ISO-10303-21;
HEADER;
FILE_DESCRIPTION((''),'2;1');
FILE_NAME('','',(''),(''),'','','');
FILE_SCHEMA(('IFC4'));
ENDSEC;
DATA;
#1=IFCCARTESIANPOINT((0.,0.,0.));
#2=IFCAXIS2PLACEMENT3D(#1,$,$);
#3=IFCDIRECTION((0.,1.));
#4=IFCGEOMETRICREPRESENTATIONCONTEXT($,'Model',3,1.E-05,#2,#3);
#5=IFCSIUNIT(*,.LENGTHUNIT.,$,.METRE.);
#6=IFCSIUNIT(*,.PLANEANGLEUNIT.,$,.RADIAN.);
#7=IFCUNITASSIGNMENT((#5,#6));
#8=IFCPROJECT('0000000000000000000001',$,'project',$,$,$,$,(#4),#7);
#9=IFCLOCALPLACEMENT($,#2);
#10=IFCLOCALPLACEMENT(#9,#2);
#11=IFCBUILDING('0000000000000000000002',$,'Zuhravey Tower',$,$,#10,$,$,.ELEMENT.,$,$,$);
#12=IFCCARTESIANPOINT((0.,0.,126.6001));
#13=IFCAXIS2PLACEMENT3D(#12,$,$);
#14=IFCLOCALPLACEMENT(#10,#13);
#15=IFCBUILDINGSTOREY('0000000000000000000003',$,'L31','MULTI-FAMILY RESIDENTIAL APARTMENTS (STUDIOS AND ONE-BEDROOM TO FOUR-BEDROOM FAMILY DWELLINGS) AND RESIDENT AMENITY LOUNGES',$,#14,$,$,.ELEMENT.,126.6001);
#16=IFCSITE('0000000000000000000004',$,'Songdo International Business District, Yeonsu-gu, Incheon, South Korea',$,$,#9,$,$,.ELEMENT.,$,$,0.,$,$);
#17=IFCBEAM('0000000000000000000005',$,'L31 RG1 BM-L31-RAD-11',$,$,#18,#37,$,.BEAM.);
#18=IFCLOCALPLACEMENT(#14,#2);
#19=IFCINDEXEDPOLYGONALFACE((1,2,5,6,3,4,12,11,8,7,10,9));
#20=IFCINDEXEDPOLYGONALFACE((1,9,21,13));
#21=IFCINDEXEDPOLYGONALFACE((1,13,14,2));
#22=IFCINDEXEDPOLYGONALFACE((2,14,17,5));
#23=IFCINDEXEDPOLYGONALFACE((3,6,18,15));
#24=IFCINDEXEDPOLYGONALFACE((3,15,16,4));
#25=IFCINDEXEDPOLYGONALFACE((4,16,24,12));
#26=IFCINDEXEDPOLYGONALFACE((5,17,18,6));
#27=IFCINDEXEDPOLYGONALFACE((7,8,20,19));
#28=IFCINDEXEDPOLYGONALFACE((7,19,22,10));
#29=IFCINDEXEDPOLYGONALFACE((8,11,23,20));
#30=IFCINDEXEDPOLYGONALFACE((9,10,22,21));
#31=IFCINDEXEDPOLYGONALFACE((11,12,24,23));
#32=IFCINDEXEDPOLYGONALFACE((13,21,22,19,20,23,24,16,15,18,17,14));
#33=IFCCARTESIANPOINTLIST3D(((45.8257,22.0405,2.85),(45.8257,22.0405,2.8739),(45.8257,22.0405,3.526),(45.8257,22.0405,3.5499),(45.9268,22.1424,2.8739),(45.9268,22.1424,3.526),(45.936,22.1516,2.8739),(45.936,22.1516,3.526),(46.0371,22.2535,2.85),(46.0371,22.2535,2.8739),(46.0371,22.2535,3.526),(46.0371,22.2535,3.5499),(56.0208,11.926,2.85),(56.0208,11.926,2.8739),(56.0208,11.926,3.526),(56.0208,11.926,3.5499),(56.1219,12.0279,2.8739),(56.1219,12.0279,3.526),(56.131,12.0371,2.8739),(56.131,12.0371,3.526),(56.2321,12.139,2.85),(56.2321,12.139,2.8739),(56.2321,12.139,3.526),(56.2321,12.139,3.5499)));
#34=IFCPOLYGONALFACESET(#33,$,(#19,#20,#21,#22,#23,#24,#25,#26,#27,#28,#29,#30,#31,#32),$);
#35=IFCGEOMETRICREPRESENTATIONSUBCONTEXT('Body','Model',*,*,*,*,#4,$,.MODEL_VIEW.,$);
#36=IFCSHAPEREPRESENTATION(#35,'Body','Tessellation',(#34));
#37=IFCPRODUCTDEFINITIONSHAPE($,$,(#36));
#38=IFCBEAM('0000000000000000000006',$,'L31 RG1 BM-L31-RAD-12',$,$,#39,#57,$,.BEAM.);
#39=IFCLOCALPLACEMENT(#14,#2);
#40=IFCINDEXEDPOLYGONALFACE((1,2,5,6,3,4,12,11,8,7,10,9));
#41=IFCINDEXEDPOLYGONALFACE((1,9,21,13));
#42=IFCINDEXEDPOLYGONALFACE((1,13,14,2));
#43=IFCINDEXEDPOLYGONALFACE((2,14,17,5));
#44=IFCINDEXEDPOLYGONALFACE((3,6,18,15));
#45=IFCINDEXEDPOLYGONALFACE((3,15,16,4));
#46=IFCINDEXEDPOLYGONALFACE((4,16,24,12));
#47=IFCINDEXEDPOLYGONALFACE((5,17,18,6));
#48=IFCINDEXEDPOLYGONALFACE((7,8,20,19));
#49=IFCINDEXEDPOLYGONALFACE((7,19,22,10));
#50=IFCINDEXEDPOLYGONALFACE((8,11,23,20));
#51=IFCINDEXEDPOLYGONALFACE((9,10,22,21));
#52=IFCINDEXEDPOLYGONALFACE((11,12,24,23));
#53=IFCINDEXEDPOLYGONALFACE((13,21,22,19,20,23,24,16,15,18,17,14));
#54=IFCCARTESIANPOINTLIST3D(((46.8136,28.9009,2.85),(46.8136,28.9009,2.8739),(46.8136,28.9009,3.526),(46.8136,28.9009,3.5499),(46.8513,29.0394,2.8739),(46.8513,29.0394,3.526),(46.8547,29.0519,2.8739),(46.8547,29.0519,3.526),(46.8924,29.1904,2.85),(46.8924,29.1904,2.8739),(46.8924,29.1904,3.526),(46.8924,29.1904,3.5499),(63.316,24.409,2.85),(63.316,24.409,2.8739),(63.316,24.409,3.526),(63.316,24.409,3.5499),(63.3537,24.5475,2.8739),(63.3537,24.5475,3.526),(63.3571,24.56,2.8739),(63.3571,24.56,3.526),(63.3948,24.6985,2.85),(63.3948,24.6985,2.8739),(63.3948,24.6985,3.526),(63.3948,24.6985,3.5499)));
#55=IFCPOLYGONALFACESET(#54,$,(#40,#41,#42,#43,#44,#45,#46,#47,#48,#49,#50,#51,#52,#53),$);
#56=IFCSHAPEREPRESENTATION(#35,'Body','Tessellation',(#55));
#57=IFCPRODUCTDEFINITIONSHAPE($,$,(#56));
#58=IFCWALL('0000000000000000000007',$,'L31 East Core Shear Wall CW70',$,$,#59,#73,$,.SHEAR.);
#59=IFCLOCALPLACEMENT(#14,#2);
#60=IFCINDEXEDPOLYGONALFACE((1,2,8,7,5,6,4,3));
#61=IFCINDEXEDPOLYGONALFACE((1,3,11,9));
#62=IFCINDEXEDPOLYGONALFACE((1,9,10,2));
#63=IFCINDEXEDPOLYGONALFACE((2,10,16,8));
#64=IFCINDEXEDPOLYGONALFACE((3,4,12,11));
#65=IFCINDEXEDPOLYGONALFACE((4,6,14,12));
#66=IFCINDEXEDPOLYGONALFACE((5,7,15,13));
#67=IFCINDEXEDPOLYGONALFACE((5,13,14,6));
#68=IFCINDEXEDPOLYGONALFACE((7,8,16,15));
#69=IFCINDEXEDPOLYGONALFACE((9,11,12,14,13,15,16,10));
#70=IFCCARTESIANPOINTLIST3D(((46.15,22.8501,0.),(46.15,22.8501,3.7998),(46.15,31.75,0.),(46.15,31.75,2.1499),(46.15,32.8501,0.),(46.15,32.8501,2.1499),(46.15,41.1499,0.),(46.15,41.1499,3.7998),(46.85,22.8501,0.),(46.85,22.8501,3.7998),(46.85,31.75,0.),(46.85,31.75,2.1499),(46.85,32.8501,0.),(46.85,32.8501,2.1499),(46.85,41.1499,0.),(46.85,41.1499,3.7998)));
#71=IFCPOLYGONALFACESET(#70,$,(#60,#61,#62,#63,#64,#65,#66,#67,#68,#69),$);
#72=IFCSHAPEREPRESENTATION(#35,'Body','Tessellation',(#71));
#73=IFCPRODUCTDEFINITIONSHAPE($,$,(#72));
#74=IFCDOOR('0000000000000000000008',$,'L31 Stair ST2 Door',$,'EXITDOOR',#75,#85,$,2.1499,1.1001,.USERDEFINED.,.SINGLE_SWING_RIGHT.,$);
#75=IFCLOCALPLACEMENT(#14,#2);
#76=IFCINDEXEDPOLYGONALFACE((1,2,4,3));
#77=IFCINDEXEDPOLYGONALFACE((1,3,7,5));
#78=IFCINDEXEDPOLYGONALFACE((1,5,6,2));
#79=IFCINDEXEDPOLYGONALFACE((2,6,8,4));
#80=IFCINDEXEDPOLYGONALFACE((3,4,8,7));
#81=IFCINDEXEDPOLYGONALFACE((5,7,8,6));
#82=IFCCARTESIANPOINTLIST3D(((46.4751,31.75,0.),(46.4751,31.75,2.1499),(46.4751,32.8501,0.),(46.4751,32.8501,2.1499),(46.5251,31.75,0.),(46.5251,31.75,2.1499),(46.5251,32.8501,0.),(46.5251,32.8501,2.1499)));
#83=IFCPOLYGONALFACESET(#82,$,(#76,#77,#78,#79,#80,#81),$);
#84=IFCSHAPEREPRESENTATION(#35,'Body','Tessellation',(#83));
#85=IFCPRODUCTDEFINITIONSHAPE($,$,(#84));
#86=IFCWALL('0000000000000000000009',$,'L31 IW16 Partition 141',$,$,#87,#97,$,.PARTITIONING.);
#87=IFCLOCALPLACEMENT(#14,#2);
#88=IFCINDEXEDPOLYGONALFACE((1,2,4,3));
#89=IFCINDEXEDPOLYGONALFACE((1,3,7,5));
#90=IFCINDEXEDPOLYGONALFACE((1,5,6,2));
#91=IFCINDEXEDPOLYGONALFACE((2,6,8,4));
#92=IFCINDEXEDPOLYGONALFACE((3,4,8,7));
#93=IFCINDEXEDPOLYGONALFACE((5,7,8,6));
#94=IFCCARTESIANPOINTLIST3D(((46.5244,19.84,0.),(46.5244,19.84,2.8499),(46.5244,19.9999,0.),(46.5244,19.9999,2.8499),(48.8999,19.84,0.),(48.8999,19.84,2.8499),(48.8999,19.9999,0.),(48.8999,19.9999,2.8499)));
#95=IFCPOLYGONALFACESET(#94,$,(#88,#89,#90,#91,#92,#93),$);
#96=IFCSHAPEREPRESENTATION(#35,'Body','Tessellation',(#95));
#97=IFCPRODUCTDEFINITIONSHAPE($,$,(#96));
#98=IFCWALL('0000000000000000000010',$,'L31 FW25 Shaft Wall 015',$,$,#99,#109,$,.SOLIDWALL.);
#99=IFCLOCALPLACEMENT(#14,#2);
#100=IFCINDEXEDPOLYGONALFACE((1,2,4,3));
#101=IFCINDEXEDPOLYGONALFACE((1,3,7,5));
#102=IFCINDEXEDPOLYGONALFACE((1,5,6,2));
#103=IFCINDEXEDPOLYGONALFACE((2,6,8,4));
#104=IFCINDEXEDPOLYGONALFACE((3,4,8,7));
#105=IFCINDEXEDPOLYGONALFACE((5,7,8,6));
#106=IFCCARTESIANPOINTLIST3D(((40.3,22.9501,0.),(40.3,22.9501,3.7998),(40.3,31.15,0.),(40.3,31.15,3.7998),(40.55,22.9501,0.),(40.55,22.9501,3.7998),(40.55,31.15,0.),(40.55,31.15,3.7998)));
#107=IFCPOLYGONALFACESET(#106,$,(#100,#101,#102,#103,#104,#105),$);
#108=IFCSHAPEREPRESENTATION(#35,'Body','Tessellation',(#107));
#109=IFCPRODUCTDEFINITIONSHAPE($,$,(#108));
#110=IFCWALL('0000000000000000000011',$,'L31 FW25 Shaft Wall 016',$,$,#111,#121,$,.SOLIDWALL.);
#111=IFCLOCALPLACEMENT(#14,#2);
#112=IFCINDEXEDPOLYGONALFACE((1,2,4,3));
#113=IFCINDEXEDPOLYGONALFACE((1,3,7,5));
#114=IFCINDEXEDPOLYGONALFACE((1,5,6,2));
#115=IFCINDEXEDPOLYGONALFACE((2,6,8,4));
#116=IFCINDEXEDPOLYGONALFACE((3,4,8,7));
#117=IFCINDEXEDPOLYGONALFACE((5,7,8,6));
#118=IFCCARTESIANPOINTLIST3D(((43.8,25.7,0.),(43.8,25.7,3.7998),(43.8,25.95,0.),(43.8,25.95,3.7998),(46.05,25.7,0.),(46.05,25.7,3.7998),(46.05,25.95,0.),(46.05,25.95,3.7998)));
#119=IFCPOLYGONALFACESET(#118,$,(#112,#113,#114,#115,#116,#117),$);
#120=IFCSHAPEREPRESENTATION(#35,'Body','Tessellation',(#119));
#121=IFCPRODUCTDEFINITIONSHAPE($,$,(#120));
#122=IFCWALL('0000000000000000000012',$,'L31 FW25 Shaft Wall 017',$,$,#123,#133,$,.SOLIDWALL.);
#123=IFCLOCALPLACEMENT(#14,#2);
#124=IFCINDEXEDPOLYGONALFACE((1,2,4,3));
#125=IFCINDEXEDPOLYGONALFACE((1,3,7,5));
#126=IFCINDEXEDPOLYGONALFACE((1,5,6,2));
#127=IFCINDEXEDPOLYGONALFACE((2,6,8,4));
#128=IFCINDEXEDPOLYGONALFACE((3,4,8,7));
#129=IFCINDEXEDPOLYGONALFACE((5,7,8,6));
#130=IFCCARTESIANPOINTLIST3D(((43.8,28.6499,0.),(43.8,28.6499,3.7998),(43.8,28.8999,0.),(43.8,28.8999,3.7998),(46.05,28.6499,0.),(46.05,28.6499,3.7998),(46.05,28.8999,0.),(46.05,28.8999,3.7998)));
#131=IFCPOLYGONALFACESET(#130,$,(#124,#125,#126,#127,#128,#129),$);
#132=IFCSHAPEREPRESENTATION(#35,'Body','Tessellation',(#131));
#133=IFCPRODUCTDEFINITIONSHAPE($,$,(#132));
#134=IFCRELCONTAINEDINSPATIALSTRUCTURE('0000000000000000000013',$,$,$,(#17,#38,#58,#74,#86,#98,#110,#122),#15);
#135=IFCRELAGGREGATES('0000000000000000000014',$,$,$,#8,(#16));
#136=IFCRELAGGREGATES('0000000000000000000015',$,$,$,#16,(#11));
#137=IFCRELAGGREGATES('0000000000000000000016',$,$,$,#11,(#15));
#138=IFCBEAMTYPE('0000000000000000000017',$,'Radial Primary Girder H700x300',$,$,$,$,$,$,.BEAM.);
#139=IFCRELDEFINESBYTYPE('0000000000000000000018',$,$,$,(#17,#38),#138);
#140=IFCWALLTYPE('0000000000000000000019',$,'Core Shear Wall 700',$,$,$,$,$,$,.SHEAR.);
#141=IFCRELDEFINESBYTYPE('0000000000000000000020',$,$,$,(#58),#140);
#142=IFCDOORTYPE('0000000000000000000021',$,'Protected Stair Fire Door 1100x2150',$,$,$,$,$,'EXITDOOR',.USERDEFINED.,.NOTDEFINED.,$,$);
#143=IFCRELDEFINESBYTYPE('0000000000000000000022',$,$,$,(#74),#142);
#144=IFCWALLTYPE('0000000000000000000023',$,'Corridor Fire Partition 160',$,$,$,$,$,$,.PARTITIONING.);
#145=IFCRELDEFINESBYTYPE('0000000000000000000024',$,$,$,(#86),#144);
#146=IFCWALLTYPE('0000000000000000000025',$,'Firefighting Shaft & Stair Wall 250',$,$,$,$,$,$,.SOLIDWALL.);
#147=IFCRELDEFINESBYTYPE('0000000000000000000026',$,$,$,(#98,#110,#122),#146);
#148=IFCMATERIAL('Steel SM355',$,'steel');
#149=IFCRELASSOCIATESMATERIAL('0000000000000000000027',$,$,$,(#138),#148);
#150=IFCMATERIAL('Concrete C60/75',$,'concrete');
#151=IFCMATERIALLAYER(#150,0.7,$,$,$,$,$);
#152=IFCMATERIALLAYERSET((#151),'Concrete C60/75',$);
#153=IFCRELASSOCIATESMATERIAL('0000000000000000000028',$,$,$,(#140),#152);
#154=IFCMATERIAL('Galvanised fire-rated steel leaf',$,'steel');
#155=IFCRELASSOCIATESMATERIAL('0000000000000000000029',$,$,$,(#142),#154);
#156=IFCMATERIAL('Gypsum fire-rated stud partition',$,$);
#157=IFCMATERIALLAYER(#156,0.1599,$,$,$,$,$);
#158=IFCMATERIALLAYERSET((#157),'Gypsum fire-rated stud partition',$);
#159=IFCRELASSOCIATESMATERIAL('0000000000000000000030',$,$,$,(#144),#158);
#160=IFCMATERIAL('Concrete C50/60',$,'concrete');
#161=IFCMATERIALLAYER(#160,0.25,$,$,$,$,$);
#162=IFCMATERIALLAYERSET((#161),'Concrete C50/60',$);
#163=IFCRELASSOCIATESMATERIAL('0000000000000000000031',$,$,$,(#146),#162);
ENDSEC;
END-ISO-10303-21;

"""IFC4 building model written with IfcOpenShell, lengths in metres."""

from ifc_helpers import new_model, si_unit, direction, frame, frame_2d, origin, origin_2d, place, context, subcontext, project, spatial, rectangle, i_section, extrude, material, layer, layer_set, material_profile, profile_set, type_object, element, fill, save


model = new_model("IFC4")

# Units and contexts
model_context = context("Model", 3, precision=1e-05, world=origin(), true_north=direction((0.0, 1.0)))
body_context = subcontext(model_context, "Body", "Model", "MODEL_VIEW")
ifc_project = project(units=[si_unit("LENGTHUNIT", "METRE"), si_unit("PLANEANGLEUNIT", "RADIAN")], contexts=[model_context])

# Site, building, storey
site_placement = place(None, origin())
site = spatial("IfcSite", under=ifc_project, at=site_placement, Name="Songdo International Business District, Yeonsu-gu, Incheon, South Korea", CompositionType="ELEMENT", RefElevation=0.0)
building_placement = place(site_placement, origin())
building = spatial("IfcBuilding", under=site, at=building_placement, Name="Zuhravey Tower", CompositionType="ELEMENT")
storey_placement = place(building_placement, frame((0.0, 0.0, 126.6001)))
storey = spatial("IfcBuildingStorey", under=building, at=storey_placement, Name="L31", Description="MULTI-FAMILY RESIDENTIAL APARTMENTS (STUDIOS AND ONE-BEDROOM TO FOUR-BEDROOM FAMILY DWELLINGS) AND RESIDENT AMENITY LOUNGES", CompositionType="ELEMENT", Elevation=126.6001)

# Beams
ifc_material_1 = material(Name="Steel SM355", Category="steel")
ifc_material_profile = material_profile(ifc_material_1, i_section(OverallWidth=0.3, OverallDepth=0.7, WebThickness=0.0129, FlangeThickness=0.0239, at=origin_2d()), Name="H-700x300x13x24")
ifc_profile_set = profile_set([ifc_material_profile], Name="Steel SM355")
beam_type = type_object("IfcBeamType", Name="Radial Primary Girder H700x300", PredefinedType="BEAM", material=ifc_profile_set)
beam_1_placement = place(storey_placement, frame((45.9314, 22.147, 3.2), z_axis=(0.709906, -0.704296, 0.0), x_axis=(0.704296, 0.709906, 0.0)))
element("IfcBeam", 1, at=beam_1_placement, inside=storey, type_object=beam_type, Name="L31 RG1 BM-L31-RAD-11", PredefinedType="BEAM", context=body_context, shape_type="SweptSolid", body=[
    extrude(i_section(OverallWidth=0.3, OverallDepth=0.7, WebThickness=0.0129, FlangeThickness=0.0239, at=origin_2d()), origin(), (0.0, 0.0, 1.0), 14.3611),
])
beam_2_placement = place(storey_placement, frame((46.853, 29.0457, 3.2), z_axis=(0.964893, -0.262643, 0.0), x_axis=(0.262643, 0.964893, 0.0)))
element("IfcBeam", 2, at=beam_2_placement, inside=storey, type_object=beam_type, Name="L31 RG1 BM-L31-RAD-12", PredefinedType="BEAM", context=body_context, shape_type="SweptSolid", body=[
    extrude(i_section(OverallWidth=0.3, OverallDepth=0.7, WebThickness=0.0129, FlangeThickness=0.0239, at=origin_2d()), origin(), (0.0, 0.0, 1.0), 17.1028),
])

# Wall, opening, door
ifc_material_2 = material(Name="Concrete C60/75", Category="concrete")
ifc_layer_1 = layer(ifc_material_2, 0.7)
ifc_layer_set_1 = layer_set([ifc_layer_1], Name="Concrete C60/75")
wall_type_1 = type_object("IfcWallType", Name="Core Shear Wall 700", PredefinedType="SHEAR", material=ifc_layer_set_1)
wall_1_placement = place(storey_placement, frame((46.5, 22.8501, 0.0), z_axis=(0.0, 0.0, 1.0), x_axis=(0.0, 1.0, 0.0)))
wall_1 = element("IfcWall", 3, at=wall_1_placement, inside=storey, type_object=wall_type_1, Name="L31 East Core Shear Wall CW70", PredefinedType="SHEAR", context=body_context, shape_type="SweptSolid", body=[
    extrude(rectangle(XDim=18.2998, YDim=0.7, at=frame_2d((9.1499, 0.0))), origin(), (0.0, 0.0, 1.0), 3.7998),
])
opening_1_placement = place(wall_1_placement, frame((8.8999, 0.0, 0.0)))
opening_1 = element("IfcOpeningElement", 4, at=opening_1_placement, cuts=wall_1, PredefinedType="OPENING", context=body_context, shape_type="SweptSolid", body=[
    extrude(rectangle(XDim=1.1001, YDim=2.1499, at=frame_2d((0.55, 1.075))), frame((0.0, 0.3621, 0.0), z_axis=(0.0, -1.0, 0.0), x_axis=(1.0, 0.0, 0.0)), (0.0, 0.0, 1.0), 0.7239),
])
ifc_material_3 = material(Name="Galvanised fire-rated steel leaf", Category="steel")
door_type_1 = type_object("IfcDoorType", Name="Protected Stair Fire Door 1100x2150", ElementType="EXITDOOR", OperationType="NOTDEFINED", PredefinedType="USERDEFINED", material=ifc_material_3)
door_1_placement = place(opening_1_placement, origin())
door_1 = element("IfcDoor", 5, at=door_1_placement, inside=storey, type_object=door_type_1, Name="L31 Stair ST2 Door", ObjectType="EXITDOOR", OperationType="SINGLE_SWING_RIGHT", OverallHeight=2.1499, OverallWidth=1.1001, PredefinedType="USERDEFINED", context=body_context, shape_type="SweptSolid", body=[
    extrude(rectangle(XDim=1.1001, YDim=2.1499, at=frame_2d((0.55, 1.075))), frame((0.0, 0.0249, 0.0), z_axis=(0.0, -1.0, 0.0), x_axis=(1.0, 0.0, 0.0)), (0.0, 0.0, 1.0), 0.05),
])
fill(opening_1, door_1)
ifc_material_4 = material(Name="Gypsum fire-rated stud partition")
ifc_layer_2 = layer(ifc_material_4, 0.1599)
ifc_layer_set_2 = layer_set([ifc_layer_2], Name="Gypsum fire-rated stud partition")
wall_type_2 = type_object("IfcWallType", Name="Corridor Fire Partition 160", PredefinedType="PARTITIONING", material=ifc_layer_set_2)

# Walls
wall_2_placement = place(storey_placement, frame((46.5244, 19.9199, 0.0), z_axis=(0.0, 0.0, 1.0), x_axis=(1.0, 0.0, 0.0)))
element("IfcWall", 6, at=wall_2_placement, inside=storey, type_object=wall_type_2, Name="L31 IW16 Partition 141", PredefinedType="PARTITIONING", context=body_context, shape_type="SweptSolid", body=[
    extrude(rectangle(XDim=2.3755, YDim=0.1599, at=frame_2d((1.1877, 0.0))), origin(), (0.0, 0.0, 1.0), 2.8499),
])
ifc_material_5 = material(Name="Concrete C50/60", Category="concrete")
ifc_layer_3 = layer(ifc_material_5, 0.25)
ifc_layer_set_3 = layer_set([ifc_layer_3], Name="Concrete C50/60")
wall_type_3 = type_object("IfcWallType", Name="Firefighting Shaft & Stair Wall 250", PredefinedType="SOLIDWALL", material=ifc_layer_set_3)
wall_3_placement = place(storey_placement, frame((40.425, 22.95, 0.0), z_axis=(0.0, 0.0, 1.0), x_axis=(0.0, 1.0, 0.0)))
element("IfcWall", 7, at=wall_3_placement, inside=storey, type_object=wall_type_3, Name="L31 FW25 Shaft Wall 015", PredefinedType="SOLIDWALL", context=body_context, shape_type="SweptSolid", body=[
    extrude(rectangle(XDim=8.2, YDim=0.25, at=frame_2d((4.1001, 0.0))), origin(), (0.0, 0.0, 1.0), 3.7998),
])
for number, where, z_axis, x_axis, name in (
    (8, (43.8, 25.825, 0.0), (0.0, 0.0, 1.0), (1.0, 0.0, 0.0), "L31 FW25 Shaft Wall 016"),
    (9, (43.8, 28.7749, 0.0), (0.0, 0.0, 1.0), (1.0, 0.0, 0.0), "L31 FW25 Shaft Wall 017"),
):
    element("IfcWall", number, at=place(storey_placement, frame(where, z_axis=z_axis, x_axis=x_axis)), inside=storey, type_object=wall_type_3, Name=name, PredefinedType="SOLIDWALL", context=body_context, shape_type="SweptSolid", body=[
        extrude(rectangle(XDim=2.25, YDim=0.25, at=frame_2d((1.125, 0.0))), origin(), (0.0, 0.0, 1.0), 3.7998),
    ])

save(model, "model.ifc")
